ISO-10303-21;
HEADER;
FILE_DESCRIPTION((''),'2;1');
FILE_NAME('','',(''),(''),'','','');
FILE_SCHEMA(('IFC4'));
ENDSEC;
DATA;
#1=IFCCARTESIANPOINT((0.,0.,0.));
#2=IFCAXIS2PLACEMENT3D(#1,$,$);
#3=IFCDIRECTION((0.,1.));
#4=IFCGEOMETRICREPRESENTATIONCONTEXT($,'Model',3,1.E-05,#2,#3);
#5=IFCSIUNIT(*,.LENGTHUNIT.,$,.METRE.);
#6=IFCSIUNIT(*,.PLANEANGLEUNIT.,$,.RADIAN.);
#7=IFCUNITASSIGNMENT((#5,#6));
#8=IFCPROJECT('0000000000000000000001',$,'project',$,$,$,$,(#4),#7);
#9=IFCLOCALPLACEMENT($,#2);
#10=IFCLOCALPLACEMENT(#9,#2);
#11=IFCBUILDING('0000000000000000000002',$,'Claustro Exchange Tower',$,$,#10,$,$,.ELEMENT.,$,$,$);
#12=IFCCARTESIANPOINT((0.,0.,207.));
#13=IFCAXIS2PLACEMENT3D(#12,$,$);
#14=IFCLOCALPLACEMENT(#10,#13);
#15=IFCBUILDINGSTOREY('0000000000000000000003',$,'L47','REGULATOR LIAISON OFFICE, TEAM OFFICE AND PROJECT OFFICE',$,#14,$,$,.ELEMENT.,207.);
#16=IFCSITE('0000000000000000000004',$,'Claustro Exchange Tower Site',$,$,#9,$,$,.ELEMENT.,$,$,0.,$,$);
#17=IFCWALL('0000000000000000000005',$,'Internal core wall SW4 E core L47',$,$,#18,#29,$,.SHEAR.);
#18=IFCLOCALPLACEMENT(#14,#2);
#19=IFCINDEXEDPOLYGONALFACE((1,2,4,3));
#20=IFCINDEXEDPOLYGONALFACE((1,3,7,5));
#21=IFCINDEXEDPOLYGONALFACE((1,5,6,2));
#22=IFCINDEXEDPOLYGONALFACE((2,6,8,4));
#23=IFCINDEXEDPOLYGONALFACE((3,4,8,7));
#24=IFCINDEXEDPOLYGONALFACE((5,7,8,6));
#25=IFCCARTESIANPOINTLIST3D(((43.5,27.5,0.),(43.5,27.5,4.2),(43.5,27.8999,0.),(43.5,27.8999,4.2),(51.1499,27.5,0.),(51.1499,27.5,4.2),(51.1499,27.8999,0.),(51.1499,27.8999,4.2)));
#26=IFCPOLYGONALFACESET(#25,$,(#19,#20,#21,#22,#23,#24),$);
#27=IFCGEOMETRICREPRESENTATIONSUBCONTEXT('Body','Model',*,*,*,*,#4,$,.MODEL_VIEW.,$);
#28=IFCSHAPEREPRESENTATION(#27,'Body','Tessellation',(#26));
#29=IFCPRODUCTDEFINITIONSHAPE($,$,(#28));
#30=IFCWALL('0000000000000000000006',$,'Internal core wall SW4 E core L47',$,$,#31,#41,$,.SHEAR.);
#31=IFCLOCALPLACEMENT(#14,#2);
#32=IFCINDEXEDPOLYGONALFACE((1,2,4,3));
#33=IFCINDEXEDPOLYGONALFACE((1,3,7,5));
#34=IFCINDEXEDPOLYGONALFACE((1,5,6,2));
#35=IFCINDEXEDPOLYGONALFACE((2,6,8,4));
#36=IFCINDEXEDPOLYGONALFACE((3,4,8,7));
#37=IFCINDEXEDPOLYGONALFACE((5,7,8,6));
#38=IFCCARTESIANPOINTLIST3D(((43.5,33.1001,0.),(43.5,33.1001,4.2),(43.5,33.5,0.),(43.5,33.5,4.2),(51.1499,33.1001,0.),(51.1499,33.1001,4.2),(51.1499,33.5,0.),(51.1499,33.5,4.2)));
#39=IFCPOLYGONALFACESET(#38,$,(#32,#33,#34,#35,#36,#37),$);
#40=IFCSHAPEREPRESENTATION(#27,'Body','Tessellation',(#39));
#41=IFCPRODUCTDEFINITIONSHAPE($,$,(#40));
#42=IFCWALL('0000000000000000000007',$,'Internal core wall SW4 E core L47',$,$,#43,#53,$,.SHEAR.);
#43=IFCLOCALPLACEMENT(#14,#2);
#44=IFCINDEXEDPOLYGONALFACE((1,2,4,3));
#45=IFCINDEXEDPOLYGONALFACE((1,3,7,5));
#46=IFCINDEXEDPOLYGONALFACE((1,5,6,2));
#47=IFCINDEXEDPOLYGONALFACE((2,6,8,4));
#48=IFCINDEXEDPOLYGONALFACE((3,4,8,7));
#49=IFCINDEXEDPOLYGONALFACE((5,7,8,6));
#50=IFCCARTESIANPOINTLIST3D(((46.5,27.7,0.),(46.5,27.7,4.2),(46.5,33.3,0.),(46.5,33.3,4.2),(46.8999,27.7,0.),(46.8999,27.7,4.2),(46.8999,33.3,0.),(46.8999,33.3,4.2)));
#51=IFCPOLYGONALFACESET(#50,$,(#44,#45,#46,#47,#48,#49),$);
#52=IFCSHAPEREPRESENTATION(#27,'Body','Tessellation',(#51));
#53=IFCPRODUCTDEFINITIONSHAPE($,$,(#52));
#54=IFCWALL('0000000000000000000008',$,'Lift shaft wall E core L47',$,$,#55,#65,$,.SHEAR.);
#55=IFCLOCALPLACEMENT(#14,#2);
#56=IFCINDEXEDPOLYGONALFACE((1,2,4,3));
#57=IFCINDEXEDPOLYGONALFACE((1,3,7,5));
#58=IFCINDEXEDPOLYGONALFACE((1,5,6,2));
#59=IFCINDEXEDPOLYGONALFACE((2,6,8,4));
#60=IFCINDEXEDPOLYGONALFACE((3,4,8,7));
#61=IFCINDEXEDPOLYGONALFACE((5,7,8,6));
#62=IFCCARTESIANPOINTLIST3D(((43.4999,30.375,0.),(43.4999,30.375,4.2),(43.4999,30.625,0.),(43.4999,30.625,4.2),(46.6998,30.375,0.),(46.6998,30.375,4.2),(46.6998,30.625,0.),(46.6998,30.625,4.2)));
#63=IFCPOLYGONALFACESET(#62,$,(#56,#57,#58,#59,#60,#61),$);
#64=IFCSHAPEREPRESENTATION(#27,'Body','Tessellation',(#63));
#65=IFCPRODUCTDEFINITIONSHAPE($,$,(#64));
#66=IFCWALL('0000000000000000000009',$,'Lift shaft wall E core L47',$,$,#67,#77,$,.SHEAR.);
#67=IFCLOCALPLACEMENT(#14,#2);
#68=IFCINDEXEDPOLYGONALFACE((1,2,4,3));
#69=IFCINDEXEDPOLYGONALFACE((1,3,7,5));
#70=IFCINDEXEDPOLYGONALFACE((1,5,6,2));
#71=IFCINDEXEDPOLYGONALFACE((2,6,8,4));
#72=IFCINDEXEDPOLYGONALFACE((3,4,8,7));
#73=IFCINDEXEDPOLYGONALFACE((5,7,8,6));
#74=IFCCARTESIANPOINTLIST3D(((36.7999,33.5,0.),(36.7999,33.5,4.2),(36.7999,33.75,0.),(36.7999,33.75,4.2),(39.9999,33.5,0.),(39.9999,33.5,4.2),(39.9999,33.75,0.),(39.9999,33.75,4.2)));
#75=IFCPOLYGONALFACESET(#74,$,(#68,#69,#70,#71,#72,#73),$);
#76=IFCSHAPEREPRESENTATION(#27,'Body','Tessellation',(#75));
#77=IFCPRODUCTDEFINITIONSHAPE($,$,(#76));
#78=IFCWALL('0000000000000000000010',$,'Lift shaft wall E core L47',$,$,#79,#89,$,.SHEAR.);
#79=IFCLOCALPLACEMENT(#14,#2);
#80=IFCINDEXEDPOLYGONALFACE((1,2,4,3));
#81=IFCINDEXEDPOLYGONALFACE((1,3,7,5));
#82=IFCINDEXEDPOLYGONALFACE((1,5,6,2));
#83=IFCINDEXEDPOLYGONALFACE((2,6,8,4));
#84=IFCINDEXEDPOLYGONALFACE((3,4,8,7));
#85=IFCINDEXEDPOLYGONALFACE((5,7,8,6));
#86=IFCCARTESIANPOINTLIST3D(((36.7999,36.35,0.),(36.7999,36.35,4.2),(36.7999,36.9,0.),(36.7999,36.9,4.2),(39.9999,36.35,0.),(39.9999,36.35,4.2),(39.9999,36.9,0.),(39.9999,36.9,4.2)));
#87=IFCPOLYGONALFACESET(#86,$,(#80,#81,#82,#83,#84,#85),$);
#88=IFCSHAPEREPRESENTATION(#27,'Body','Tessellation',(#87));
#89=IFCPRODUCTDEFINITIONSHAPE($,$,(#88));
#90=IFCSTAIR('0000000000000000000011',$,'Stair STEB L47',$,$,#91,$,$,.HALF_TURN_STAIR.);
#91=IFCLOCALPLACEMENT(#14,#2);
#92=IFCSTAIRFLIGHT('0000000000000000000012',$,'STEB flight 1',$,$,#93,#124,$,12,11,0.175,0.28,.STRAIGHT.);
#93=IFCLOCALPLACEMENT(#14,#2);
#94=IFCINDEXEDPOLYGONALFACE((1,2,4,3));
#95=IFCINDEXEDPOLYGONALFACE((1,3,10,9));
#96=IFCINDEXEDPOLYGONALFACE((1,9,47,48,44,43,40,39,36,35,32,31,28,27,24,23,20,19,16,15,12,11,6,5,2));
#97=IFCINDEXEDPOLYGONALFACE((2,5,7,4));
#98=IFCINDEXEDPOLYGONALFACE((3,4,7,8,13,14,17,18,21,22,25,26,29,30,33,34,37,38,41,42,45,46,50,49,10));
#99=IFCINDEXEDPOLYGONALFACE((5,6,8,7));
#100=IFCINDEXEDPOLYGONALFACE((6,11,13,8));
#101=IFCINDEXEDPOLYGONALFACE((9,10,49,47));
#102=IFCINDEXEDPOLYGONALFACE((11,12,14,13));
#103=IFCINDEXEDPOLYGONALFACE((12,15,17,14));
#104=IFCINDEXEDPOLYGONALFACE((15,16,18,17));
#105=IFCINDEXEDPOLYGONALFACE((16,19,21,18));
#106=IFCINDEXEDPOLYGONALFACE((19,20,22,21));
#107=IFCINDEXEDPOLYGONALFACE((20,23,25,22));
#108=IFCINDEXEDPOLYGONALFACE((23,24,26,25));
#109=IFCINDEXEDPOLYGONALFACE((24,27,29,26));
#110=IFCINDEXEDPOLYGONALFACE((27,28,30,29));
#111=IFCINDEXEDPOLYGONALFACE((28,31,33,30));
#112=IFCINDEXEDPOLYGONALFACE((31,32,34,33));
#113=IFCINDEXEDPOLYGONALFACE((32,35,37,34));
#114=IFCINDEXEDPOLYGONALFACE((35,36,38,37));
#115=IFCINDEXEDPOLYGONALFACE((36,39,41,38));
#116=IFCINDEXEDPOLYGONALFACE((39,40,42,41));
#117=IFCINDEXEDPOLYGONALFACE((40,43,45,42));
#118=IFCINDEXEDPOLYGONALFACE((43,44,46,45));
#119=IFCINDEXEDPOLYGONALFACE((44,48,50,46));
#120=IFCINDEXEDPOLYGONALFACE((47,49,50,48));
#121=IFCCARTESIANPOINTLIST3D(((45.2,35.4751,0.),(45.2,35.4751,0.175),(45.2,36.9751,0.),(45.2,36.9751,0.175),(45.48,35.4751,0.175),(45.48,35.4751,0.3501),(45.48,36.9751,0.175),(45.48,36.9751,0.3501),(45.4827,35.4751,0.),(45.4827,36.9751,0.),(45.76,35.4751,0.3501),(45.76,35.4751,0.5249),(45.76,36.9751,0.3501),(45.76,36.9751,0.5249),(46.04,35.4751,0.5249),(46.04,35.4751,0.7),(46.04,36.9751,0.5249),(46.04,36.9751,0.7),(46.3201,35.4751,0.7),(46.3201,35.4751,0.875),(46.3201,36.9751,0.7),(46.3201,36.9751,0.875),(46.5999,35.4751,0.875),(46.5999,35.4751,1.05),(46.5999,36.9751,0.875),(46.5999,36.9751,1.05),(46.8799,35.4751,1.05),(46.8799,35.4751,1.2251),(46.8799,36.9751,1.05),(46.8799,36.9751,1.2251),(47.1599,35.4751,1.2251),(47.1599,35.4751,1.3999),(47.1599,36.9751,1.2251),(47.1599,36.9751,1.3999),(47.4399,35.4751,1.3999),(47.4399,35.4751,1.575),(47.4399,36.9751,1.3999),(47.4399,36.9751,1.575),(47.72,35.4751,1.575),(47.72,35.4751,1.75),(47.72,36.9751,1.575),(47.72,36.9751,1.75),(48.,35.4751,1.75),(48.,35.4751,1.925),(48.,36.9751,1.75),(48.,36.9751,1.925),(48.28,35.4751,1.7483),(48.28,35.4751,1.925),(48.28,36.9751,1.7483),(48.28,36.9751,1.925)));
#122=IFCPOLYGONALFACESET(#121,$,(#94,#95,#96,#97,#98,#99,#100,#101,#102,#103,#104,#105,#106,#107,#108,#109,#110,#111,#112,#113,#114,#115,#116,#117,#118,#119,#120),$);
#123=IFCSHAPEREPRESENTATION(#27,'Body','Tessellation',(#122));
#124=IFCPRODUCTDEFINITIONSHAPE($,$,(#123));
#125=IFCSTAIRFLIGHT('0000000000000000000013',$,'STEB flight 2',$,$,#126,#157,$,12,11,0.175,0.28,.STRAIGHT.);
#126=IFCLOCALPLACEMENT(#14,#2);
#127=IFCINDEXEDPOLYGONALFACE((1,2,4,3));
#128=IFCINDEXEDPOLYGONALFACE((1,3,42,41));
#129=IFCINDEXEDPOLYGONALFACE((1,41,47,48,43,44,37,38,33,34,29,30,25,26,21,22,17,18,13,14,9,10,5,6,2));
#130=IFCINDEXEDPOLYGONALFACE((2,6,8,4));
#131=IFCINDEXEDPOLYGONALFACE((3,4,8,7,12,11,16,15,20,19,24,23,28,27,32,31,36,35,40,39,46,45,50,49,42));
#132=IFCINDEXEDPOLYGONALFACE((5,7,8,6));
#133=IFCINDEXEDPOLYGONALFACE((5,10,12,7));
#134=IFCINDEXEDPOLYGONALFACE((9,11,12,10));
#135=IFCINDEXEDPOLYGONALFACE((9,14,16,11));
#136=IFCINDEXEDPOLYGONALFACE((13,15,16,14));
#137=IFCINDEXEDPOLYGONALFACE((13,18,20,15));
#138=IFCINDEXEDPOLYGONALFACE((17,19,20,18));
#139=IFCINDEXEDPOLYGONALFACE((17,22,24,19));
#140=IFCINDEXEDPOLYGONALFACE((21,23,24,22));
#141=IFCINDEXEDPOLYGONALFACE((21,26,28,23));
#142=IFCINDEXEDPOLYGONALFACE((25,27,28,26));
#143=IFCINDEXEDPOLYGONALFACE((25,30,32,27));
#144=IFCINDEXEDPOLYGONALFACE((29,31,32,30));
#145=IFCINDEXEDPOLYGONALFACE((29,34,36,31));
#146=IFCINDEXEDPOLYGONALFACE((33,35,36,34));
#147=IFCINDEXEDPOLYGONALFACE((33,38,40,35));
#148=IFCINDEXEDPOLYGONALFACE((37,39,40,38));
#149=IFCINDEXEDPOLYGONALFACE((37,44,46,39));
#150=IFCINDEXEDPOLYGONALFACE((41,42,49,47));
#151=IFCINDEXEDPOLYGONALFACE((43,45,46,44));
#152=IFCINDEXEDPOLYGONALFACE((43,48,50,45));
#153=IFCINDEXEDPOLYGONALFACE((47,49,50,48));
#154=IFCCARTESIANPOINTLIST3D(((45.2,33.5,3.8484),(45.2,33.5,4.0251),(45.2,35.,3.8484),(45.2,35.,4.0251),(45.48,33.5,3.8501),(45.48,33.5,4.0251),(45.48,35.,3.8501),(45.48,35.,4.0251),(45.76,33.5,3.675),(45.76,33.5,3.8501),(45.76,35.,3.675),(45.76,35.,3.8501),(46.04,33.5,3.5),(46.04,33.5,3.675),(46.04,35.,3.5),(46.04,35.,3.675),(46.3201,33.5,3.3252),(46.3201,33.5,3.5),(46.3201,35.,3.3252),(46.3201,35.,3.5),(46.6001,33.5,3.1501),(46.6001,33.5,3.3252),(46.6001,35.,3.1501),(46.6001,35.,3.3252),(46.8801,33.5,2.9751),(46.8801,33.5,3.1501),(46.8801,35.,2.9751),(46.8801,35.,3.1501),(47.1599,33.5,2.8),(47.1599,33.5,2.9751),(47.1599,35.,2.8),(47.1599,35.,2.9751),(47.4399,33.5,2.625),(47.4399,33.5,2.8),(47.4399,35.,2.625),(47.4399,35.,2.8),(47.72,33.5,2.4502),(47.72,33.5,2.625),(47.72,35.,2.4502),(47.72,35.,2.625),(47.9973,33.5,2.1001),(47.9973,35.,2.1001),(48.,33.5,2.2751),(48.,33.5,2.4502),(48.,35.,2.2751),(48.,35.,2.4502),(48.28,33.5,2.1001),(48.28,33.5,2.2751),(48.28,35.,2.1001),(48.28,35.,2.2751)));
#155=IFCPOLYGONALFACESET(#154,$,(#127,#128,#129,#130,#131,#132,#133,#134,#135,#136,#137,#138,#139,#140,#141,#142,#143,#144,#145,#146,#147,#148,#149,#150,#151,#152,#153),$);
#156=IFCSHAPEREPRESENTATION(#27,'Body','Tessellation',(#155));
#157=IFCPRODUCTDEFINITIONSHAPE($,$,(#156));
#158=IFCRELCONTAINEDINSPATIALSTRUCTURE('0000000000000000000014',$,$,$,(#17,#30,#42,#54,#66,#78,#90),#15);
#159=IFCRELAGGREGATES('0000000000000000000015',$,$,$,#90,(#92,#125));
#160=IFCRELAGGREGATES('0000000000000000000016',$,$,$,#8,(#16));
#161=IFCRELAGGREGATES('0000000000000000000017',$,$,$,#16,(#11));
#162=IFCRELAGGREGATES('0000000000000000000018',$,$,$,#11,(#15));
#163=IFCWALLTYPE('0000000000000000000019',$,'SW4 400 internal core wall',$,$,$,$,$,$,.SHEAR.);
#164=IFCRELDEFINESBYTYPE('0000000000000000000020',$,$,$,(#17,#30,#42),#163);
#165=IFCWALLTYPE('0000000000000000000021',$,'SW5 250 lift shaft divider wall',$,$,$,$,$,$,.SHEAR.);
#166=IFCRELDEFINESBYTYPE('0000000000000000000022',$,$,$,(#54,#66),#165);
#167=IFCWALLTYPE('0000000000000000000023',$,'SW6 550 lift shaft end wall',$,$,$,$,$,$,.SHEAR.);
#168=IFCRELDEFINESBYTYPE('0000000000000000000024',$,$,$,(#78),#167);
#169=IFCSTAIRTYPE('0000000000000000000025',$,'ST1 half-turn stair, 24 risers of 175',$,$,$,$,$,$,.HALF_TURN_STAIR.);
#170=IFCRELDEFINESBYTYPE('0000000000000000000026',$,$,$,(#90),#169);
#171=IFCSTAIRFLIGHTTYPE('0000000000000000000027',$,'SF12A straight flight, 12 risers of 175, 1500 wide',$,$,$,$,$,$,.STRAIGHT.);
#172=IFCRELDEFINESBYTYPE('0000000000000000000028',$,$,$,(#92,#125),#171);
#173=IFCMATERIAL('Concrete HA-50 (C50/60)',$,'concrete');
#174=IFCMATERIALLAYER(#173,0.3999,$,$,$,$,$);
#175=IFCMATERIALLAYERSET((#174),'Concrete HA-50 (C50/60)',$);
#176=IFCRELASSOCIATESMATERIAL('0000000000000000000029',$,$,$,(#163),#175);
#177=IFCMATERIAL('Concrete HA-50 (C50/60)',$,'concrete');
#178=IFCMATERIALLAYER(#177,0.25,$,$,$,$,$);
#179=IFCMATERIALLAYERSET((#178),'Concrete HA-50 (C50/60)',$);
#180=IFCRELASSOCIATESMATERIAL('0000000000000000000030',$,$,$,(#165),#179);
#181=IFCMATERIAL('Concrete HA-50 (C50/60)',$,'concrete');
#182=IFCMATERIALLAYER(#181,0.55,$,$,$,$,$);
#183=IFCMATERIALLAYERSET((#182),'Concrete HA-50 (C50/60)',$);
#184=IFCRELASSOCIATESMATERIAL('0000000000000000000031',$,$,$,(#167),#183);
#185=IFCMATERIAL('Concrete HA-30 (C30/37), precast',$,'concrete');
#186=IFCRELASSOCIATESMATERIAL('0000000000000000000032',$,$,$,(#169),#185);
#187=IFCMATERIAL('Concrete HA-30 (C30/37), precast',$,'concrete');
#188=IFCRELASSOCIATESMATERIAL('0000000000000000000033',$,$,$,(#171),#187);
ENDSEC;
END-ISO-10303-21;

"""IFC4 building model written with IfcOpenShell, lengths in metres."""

from ifc_helpers import new_model, si_unit, direction, frame, frame_2d, origin, place, context, subcontext, project, spatial, polyline, rectangle, outline, extrude, material, layer, layer_set, type_object, element, aggregate, save


model = new_model("IFC4")

# Units and contexts
model_context = context("Model", 3, precision=1e-05, world=origin(), true_north=direction((0.0, 1.0)))
body_context = subcontext(model_context, "Body", "Model", "MODEL_VIEW")
ifc_project = project(units=[si_unit("LENGTHUNIT", "METRE"), si_unit("PLANEANGLEUNIT", "RADIAN")], contexts=[model_context])

# Site, building, storey
site_placement = place(None, origin())
site = spatial("IfcSite", under=ifc_project, at=site_placement, Name="Claustro Exchange Tower Site", CompositionType="ELEMENT", RefElevation=0.0)
building_placement = place(site_placement, origin())
building = spatial("IfcBuilding", under=site, at=building_placement, Name="Claustro Exchange Tower", CompositionType="ELEMENT")
storey_placement = place(building_placement, frame((0.0, 0.0, 207.0)))
storey = spatial("IfcBuildingStorey", under=building, at=storey_placement, Name="L47", Description="REGULATOR LIAISON OFFICE, TEAM OFFICE AND PROJECT OFFICE", CompositionType="ELEMENT", Elevation=207.0)

# Walls
ifc_material_1 = material(Name="Concrete HA-50 (C50/60)", Category="concrete")
ifc_layer_1 = layer(ifc_material_1, 0.3999)
ifc_layer_set_1 = layer_set([ifc_layer_1], Name="Concrete HA-50 (C50/60)")
wall_type_1 = type_object("IfcWallType", Name="SW4 400 internal core wall", PredefinedType="SHEAR", material=ifc_layer_set_1)
for number, where, z_axis, x_axis, name in (
    (1, (51.1499, 27.7, 0.0), (0.0, 0.0, 1.0), (-1.0, 0.0, 0.0), "Internal core wall SW4 E core L47"),
    (2, (51.1499, 33.3, 0.0), (0.0, 0.0, 1.0), (-1.0, 0.0, 0.0), "Internal core wall SW4 E core L47"),
):
    element("IfcWall", number, at=place(storey_placement, frame(where, z_axis=z_axis, x_axis=x_axis)), inside=storey, type_object=wall_type_1, Name=name, PredefinedType="SHEAR", context=body_context, shape_type="SweptSolid", body=[
        extrude(rectangle(XDim=7.6499, YDim=0.3999, at=frame_2d((3.825, 0.0))), origin(), (0.0, 0.0, 1.0), 4.2),
    ])
wall_1_placement = place(storey_placement, frame((46.7, 27.7, 0.0), z_axis=(0.0, 0.0, 1.0), x_axis=(0.0, 1.0, 0.0)))
element("IfcWall", 3, at=wall_1_placement, inside=storey, type_object=wall_type_1, Name="Internal core wall SW4 E core L47", PredefinedType="SHEAR", context=body_context, shape_type="SweptSolid", body=[
    extrude(rectangle(XDim=5.6001, YDim=0.3999, at=frame_2d((2.8, 0.0))), origin(), (0.0, 0.0, 1.0), 4.2),
])
ifc_material_2 = material(Name="Concrete HA-50 (C50/60)", Category="concrete")
ifc_layer_2 = layer(ifc_material_2, 0.25)
ifc_layer_set_2 = layer_set([ifc_layer_2], Name="Concrete HA-50 (C50/60)")
wall_type_2 = type_object("IfcWallType", Name="SW5 250 lift shaft divider wall", PredefinedType="SHEAR", material=ifc_layer_set_2)
for number, where, z_axis, x_axis, name in (
    (4, (46.7, 30.5, 0.0), (0.0, 0.0, 1.0), (-1.0, 0.0, 0.0), "Lift shaft wall E core L47"),
    (5, (40.0, 33.625, 0.0), (0.0, 0.0, 1.0), (-1.0, 0.0, 0.0), "Lift shaft wall E core L47"),
):
    element("IfcWall", number, at=place(storey_placement, frame(where, z_axis=z_axis, x_axis=x_axis)), inside=storey, type_object=wall_type_2, Name=name, PredefinedType="SHEAR", context=body_context, shape_type="SweptSolid", body=[
        extrude(rectangle(XDim=3.2, YDim=0.25, at=frame_2d((1.6001, 0.0))), origin(), (0.0, 0.0, 1.0), 4.2),
    ])
ifc_material_3 = material(Name="Concrete HA-50 (C50/60)", Category="concrete")
ifc_layer_3 = layer(ifc_material_3, 0.55)
ifc_layer_set_3 = layer_set([ifc_layer_3], Name="Concrete HA-50 (C50/60)")
wall_type_3 = type_object("IfcWallType", Name="SW6 550 lift shaft end wall", PredefinedType="SHEAR", material=ifc_layer_set_3)
wall_2_placement = place(storey_placement, frame((40.0, 36.625, 0.0), z_axis=(0.0, 0.0, 1.0), x_axis=(-1.0, 0.0, 0.0)))
element("IfcWall", 6, at=wall_2_placement, inside=storey, type_object=wall_type_3, Name="Lift shaft wall E core L47", PredefinedType="SHEAR", context=body_context, shape_type="SweptSolid", body=[
    extrude(rectangle(XDim=3.2, YDim=0.55, at=frame_2d((1.6001, 0.0))), origin(), (0.0, 0.0, 1.0), 4.2),
])

# Stair, stair flights
ifc_material_4 = material(Name="Concrete HA-30 (C30/37), precast", Category="concrete")
stair_type = type_object("IfcStairType", Name="ST1 half-turn stair, 24 risers of 175", PredefinedType="HALF_TURN_STAIR", material=ifc_material_4)
stair_placement = place(storey_placement, origin())
stair = element("IfcStair", 7, at=stair_placement, inside=storey, type_object=stair_type, Name="Stair STEB L47", PredefinedType="HALF_TURN_STAIR")
ifc_material_5 = material(Name="Concrete HA-30 (C30/37), precast", Category="concrete")
stair_flight_type = type_object("IfcStairFlightType", Name="SF12A straight flight, 12 risers of 175, 1500 wide", PredefinedType="STRAIGHT", material=ifc_material_5)
stair_flight_1_placement = place(storey_placement, frame((45.2, 36.2251, 0.0), z_axis=(0.0, 0.0, 1.0), x_axis=(1.0, 0.0, 0.0)))
stair_flight_1 = element("IfcStairFlight", 8, at=stair_flight_1_placement, type_object=stair_flight_type, Name="STEB flight 1", NumberOfRisers=12, NumberOfTreads=11, PredefinedType="STRAIGHT", RiserHeight=0.175, TreadLength=0.28, context=body_context, shape_type="SweptSolid", body=[
    extrude(outline(polyline([(0.0, 0.0), (0.0, 0.175), (0.28, 0.175), (0.28, 0.3501), (0.5601, 0.3501), (0.5601, 0.5249), (0.8401, 0.5249), (0.8401, 0.7), (1.1201, 0.7), (1.1201, 0.875), (1.3999, 0.875), (1.3999, 1.05), (1.6799, 1.05), (1.6799, 1.2251), (1.96, 1.2251), (1.96, 1.3999), (2.24, 1.3999), (2.24, 1.575), (2.52, 1.575), (2.52, 1.75), (2.8, 1.75), (2.8, 1.925), (3.0801, 1.925), (3.0801, 2.1001), (3.0801, 1.7483), (0.2827, 0.0), (0.0, 0.0)])), frame((0.0, 0.75, 0.0), z_axis=(0.0, -1.0, 0.0), x_axis=(1.0, 0.0, 0.0)), (0.0, 0.0, 1.0), 1.5),
])
stair_flight_2_placement = place(storey_placement, frame((48.28, 34.25, 2.1001), z_axis=(0.0, 0.0, 1.0), x_axis=(-1.0, 0.0, 0.0)))
stair_flight_2 = element("IfcStairFlight", 9, at=stair_flight_2_placement, type_object=stair_flight_type, Name="STEB flight 2", NumberOfRisers=12, NumberOfTreads=11, PredefinedType="STRAIGHT", RiserHeight=0.175, TreadLength=0.28, context=body_context, shape_type="SweptSolid", body=[
    extrude(outline(polyline([(0.0, 0.0), (0.0, 0.175), (0.28, 0.175), (0.28, 0.3501), (0.5601, 0.3501), (0.5601, 0.5249), (0.8401, 0.5249), (0.8401, 0.7), (1.1201, 0.7), (1.1201, 0.875), (1.3999, 0.875), (1.3999, 1.05), (1.6799, 1.05), (1.6799, 1.2251), (1.96, 1.2251), (1.96, 1.3999), (2.24, 1.3999), (2.24, 1.575), (2.52, 1.575), (2.52, 1.75), (2.8, 1.75), (2.8, 1.925), (3.0801, 1.925), (3.0801, 2.1001), (3.0801, 1.7483), (0.2827, 0.0), (0.0, 0.0)])), frame((0.0, 0.75, 0.0), z_axis=(0.0, -1.0, 0.0), x_axis=(1.0, 0.0, 0.0)), (0.0, 0.0, 1.0), 1.5),
])
aggregate(stair, [stair_flight_1, stair_flight_2])

save(model, "model.ifc")
